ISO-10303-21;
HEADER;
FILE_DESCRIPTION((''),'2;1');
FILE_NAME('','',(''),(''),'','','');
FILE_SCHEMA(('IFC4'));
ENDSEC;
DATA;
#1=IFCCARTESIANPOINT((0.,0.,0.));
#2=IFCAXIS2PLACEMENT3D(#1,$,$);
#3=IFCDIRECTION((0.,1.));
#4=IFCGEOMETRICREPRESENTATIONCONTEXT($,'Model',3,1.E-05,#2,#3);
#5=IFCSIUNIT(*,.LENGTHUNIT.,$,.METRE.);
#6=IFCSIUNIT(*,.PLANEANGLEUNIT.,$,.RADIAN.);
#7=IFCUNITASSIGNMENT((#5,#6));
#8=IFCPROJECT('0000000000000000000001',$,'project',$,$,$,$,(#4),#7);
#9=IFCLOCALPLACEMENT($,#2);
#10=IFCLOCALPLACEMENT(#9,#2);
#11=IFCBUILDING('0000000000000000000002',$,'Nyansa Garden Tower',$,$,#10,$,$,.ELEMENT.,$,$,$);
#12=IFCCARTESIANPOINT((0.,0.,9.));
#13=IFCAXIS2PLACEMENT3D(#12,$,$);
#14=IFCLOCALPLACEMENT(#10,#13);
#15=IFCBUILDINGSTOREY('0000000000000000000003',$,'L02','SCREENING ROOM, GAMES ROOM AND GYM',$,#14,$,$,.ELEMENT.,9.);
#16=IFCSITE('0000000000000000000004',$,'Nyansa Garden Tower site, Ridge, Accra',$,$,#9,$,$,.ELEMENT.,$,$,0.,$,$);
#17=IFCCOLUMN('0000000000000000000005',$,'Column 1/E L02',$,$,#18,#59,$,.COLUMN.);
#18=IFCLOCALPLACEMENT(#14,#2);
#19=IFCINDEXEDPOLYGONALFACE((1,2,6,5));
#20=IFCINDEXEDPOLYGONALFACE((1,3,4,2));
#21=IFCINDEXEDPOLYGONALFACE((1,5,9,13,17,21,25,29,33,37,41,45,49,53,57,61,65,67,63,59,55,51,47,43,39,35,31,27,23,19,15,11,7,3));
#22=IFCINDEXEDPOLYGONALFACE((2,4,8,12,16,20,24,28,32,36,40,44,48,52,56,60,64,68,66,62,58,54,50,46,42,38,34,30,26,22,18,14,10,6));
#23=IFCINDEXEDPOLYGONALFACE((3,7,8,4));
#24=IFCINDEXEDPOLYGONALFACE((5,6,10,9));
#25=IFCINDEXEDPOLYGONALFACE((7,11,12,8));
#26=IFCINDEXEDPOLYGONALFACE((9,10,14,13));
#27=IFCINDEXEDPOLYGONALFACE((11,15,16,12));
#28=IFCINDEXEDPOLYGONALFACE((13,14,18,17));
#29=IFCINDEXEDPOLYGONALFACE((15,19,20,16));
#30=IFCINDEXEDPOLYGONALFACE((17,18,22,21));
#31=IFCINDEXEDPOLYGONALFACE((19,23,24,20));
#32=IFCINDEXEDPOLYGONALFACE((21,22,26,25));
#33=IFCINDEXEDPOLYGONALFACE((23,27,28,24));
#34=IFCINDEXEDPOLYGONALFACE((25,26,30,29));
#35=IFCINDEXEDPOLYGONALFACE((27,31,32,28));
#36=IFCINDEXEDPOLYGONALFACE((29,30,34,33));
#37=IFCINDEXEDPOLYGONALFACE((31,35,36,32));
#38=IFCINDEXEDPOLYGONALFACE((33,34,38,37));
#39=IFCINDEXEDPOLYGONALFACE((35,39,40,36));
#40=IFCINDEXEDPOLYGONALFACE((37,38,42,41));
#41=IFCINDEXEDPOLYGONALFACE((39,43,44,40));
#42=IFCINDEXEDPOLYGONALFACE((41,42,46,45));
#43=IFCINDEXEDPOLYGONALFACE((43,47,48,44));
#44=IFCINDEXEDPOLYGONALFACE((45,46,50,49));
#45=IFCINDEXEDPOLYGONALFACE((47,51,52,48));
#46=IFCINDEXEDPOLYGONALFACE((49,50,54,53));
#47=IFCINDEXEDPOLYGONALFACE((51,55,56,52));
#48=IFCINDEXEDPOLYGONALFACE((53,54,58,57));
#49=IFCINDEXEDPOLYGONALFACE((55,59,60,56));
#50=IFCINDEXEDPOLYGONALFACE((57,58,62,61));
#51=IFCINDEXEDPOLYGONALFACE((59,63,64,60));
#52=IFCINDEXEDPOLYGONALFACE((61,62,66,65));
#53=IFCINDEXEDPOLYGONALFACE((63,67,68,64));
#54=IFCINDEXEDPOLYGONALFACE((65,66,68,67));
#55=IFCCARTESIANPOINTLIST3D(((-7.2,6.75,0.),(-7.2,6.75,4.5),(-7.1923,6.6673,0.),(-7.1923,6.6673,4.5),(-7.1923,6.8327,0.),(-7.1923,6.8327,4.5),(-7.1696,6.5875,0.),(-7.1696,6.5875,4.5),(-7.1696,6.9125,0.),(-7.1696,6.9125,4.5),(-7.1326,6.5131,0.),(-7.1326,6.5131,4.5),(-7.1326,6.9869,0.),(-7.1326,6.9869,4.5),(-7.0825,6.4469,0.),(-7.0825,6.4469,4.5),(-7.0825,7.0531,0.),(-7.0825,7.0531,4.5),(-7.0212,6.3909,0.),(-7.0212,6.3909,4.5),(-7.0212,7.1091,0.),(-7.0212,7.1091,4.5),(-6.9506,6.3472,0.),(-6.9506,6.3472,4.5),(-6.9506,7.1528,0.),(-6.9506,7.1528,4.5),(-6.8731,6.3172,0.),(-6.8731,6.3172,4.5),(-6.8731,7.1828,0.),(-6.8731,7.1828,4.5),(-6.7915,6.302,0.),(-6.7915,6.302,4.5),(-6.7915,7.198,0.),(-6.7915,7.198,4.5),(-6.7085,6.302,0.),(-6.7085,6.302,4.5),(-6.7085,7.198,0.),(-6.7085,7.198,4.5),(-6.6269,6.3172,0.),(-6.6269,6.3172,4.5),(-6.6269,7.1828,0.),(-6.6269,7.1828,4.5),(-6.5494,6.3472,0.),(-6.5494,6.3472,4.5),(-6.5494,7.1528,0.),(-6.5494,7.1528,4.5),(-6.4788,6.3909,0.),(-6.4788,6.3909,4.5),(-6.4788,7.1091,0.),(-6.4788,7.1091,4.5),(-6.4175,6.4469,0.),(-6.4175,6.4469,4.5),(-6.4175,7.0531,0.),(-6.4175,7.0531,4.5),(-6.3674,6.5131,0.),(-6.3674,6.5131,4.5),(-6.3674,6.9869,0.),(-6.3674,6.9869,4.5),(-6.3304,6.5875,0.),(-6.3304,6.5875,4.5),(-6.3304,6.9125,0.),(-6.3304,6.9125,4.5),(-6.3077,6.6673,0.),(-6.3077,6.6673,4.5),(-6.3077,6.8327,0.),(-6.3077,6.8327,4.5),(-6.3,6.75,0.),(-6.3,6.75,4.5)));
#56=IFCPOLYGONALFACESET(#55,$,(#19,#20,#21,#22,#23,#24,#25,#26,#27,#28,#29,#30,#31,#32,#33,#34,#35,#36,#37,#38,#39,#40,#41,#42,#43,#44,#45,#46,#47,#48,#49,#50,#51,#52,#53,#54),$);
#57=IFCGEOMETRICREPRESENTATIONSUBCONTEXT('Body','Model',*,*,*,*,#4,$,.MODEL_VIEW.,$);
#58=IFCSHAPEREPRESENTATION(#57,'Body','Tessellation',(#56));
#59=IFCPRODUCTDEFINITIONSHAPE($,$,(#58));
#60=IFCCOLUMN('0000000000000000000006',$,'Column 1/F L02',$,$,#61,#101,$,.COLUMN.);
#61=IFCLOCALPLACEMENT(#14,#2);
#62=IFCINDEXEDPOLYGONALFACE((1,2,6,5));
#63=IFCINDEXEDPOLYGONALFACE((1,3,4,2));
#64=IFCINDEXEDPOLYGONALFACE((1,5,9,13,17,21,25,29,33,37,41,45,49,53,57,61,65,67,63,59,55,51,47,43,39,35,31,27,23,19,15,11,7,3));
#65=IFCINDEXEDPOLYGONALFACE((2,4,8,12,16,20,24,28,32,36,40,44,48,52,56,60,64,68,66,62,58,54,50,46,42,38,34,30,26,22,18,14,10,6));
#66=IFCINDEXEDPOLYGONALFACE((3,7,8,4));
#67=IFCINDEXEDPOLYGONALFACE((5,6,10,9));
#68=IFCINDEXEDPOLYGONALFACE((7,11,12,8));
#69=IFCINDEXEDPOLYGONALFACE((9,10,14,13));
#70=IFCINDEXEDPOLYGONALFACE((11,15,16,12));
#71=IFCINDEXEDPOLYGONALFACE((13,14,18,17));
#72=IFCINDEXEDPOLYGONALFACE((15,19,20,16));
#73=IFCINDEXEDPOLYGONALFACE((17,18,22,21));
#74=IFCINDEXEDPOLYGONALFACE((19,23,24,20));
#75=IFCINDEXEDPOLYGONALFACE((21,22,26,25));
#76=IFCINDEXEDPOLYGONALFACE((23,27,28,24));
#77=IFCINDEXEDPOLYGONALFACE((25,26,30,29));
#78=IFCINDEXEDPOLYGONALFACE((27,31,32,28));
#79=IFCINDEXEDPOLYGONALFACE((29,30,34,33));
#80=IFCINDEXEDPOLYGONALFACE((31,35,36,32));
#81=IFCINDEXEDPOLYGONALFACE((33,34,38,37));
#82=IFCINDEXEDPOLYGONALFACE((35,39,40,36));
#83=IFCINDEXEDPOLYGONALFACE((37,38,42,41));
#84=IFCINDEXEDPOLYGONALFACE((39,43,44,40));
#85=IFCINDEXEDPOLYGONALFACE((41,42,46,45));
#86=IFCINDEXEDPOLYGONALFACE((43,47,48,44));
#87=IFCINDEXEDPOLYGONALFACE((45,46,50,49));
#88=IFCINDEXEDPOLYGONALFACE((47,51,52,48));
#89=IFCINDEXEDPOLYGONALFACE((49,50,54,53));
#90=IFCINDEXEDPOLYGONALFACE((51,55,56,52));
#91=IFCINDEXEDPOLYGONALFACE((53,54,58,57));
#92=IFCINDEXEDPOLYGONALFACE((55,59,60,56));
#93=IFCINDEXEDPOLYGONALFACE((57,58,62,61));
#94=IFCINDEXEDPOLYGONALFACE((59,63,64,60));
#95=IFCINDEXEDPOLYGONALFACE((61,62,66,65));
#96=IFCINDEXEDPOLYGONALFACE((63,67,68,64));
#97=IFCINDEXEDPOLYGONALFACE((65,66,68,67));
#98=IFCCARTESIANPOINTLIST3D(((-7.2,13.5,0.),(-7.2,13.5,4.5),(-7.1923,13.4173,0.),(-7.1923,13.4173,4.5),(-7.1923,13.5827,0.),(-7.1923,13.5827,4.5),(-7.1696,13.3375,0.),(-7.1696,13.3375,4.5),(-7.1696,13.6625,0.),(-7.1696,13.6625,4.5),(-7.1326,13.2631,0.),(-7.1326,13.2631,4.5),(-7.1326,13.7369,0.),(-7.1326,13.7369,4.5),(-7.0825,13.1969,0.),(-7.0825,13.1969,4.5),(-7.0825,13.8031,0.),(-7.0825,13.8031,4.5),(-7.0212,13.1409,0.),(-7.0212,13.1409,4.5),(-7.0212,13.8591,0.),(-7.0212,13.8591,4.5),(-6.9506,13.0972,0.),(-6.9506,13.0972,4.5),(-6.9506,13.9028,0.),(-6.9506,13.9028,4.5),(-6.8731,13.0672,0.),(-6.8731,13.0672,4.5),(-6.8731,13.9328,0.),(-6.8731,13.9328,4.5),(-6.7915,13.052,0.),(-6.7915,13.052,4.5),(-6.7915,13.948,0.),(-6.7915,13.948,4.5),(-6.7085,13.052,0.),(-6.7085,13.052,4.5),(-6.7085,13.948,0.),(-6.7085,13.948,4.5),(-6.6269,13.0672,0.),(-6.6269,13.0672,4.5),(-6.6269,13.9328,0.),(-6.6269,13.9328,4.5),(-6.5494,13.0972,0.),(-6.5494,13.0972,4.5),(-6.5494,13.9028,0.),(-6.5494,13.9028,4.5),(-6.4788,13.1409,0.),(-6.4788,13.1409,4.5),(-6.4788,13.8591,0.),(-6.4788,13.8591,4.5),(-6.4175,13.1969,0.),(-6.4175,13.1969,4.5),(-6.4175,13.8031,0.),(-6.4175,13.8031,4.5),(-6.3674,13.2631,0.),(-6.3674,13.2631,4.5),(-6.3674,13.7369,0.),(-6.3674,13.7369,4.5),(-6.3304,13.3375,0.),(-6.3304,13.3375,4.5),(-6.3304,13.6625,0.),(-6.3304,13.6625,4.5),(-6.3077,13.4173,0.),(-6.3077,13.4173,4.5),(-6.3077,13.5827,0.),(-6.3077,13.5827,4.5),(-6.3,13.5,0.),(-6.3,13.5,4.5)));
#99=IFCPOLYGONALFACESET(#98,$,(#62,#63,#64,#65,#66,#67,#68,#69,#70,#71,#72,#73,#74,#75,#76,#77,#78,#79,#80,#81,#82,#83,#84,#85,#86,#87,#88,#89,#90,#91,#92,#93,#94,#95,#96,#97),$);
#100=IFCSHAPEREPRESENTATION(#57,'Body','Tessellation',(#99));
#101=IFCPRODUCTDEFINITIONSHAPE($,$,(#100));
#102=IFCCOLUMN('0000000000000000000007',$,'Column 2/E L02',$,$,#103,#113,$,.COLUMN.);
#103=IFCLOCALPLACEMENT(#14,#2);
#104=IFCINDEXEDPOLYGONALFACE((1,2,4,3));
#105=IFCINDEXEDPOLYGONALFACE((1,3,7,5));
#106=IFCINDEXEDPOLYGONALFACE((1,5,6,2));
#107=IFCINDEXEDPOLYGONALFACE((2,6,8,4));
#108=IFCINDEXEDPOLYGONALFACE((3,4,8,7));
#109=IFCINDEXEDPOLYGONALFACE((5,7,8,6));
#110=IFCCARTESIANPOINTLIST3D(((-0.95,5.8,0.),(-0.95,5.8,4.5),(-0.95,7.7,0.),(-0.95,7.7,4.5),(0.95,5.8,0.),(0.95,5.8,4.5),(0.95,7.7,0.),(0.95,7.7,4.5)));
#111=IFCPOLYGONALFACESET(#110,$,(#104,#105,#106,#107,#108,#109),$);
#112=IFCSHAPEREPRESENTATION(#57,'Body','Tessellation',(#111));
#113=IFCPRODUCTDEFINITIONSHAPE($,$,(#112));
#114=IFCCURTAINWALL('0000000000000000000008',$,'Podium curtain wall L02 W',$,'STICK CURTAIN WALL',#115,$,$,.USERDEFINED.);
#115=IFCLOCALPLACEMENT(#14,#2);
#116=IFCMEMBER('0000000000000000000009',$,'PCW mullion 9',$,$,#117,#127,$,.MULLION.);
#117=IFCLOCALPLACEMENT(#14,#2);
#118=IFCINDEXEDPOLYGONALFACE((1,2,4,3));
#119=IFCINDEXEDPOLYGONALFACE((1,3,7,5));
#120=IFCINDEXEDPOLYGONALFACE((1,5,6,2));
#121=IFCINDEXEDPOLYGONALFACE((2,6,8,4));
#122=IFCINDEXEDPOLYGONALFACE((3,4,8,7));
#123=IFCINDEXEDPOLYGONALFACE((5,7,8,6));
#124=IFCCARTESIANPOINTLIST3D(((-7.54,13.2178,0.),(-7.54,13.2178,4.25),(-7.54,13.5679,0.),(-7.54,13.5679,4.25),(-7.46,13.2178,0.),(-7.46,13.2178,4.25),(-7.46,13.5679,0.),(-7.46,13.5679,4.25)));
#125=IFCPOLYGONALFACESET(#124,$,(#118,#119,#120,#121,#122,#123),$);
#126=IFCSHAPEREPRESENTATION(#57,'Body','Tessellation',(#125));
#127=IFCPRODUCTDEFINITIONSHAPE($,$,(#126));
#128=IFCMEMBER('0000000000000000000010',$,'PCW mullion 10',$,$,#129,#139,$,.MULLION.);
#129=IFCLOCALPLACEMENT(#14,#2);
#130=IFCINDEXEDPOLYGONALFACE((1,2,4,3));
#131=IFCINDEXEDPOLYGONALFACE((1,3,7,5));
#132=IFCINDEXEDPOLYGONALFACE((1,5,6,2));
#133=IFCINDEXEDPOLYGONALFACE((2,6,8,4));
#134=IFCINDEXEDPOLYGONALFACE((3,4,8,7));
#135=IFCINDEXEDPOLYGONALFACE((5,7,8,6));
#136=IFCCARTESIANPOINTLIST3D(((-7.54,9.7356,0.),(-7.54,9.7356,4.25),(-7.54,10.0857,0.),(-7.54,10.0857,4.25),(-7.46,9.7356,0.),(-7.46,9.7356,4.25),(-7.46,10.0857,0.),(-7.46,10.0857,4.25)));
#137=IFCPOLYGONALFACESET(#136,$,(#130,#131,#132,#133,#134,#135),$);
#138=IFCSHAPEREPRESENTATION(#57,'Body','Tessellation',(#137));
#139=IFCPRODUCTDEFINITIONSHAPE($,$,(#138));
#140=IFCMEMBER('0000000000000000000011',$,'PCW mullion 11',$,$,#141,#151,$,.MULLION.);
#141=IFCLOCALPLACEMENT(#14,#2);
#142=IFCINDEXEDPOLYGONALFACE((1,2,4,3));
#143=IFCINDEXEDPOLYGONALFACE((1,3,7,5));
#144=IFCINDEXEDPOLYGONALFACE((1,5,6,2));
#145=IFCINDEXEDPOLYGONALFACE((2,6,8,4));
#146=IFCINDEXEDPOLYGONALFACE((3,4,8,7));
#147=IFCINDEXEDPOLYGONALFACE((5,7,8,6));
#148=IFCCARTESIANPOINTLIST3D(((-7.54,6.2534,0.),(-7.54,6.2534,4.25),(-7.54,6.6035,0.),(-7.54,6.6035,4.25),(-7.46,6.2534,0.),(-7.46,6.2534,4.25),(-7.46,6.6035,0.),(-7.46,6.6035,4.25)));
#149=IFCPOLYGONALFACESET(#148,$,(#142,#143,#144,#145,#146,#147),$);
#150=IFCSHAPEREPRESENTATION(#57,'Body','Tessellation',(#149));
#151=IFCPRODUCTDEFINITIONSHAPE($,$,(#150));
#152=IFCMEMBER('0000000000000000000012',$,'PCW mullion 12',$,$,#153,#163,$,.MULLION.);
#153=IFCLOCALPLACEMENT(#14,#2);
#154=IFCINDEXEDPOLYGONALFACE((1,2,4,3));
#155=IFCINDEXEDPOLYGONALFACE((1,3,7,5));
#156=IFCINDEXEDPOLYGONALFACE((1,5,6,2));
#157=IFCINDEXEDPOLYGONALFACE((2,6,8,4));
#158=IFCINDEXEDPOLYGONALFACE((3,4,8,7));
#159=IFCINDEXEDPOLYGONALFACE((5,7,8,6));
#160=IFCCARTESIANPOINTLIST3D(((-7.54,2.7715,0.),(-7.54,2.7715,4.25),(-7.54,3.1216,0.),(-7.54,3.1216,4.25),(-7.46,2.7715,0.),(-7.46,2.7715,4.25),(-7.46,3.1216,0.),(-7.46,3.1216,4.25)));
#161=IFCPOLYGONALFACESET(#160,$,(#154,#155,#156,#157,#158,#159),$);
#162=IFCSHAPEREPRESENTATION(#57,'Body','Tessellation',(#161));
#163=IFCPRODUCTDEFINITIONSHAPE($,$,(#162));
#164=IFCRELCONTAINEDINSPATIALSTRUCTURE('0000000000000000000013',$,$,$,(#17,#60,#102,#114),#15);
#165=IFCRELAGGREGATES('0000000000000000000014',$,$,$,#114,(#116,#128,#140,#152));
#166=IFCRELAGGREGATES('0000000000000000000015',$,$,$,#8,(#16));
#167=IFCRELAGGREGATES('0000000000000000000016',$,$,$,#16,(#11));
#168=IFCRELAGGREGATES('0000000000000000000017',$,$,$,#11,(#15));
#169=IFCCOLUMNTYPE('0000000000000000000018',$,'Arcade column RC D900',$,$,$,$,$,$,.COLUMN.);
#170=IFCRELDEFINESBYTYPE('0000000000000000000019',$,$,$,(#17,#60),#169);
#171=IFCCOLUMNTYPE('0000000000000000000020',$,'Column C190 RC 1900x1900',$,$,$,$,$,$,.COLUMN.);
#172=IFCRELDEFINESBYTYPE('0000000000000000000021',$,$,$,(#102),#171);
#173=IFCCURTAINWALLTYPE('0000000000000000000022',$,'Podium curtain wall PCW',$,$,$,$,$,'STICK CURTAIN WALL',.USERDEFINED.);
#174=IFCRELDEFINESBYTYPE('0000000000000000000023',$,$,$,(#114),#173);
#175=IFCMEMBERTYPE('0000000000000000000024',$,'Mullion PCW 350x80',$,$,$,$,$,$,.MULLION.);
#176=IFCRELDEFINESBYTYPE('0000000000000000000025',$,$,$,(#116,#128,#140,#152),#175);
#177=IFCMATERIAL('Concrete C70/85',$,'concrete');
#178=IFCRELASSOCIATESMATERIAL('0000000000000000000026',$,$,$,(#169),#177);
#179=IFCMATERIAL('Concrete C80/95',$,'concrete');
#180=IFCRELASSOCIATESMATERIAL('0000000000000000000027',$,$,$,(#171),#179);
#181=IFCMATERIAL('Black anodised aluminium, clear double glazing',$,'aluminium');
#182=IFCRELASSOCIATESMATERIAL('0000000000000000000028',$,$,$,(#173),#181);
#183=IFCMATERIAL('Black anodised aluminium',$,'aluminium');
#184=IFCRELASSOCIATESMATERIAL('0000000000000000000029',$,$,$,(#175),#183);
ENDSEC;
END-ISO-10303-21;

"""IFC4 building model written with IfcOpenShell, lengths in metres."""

from ifc_helpers import new_model, si_unit, direction, frame, origin, origin_2d, place, context, subcontext, project, spatial, rectangle, circle, extrude, material, material_profile, profile_set, type_object, element, aggregate, save


model = new_model("IFC4")

# Units and contexts
model_context = context("Model", 3, precision=1e-05, world=origin(), true_north=direction((0.0, 1.0)))
body_context = subcontext(model_context, "Body", "Model", "MODEL_VIEW")
ifc_project = project(units=[si_unit("LENGTHUNIT", "METRE"), si_unit("PLANEANGLEUNIT", "RADIAN")], contexts=[model_context])

# Site, building, storey
site_placement = place(None, origin())
site = spatial("IfcSite", under=ifc_project, at=site_placement, Name="Nyansa Garden Tower site, Ridge, Accra", CompositionType="ELEMENT", RefElevation=0.0)
building_placement = place(site_placement, origin())
building = spatial("IfcBuilding", under=site, at=building_placement, Name="Nyansa Garden Tower", CompositionType="ELEMENT")
storey_placement = place(building_placement, frame((0.0, 0.0, 9.0)))
storey = spatial("IfcBuildingStorey", under=building, at=storey_placement, Name="L02", Description="SCREENING ROOM, GAMES ROOM AND GYM", CompositionType="ELEMENT", Elevation=9.0)

# Columns
ifc_material_1 = material(Name="Concrete C70/85", Category="concrete")
ifc_material_profile_1 = material_profile(ifc_material_1, circle(Radius=0.45, at=origin_2d()), Name="RC D900")
ifc_profile_set_1 = profile_set([ifc_material_profile_1], Name="Concrete C70/85")
column_type_1 = type_object("IfcColumnType", Name="Arcade column RC D900", PredefinedType="COLUMN", material=ifc_profile_set_1)
for number, where, z_axis, x_axis, name in (
    (1, (-6.75, 6.75, 0.0), (0.0, 0.0, 1.0), (1.0, 0.0, 0.0), "Column 1/E L02"),
    (2, (-6.75, 13.5, 0.0), (0.0, 0.0, 1.0), (1.0, 0.0, 0.0), "Column 1/F L02"),
):
    element("IfcColumn", number, at=place(storey_placement, frame(where, z_axis=z_axis, x_axis=x_axis)), inside=storey, type_object=column_type_1, Name=name, PredefinedType="COLUMN", context=body_context, shape_type="SweptSolid", body=[
        extrude(circle(Radius=0.45, at=origin_2d()), origin(), (0.0, 0.0, 1.0), 4.5),
    ])
ifc_material_2 = material(Name="Concrete C80/95", Category="concrete")
ifc_material_profile_2 = material_profile(ifc_material_2, rectangle(XDim=1.8999, YDim=1.8999, at=origin_2d()), Name="RC 1900x1900")
ifc_profile_set_2 = profile_set([ifc_material_profile_2], Name="Concrete C80/95")
column_type_2 = type_object("IfcColumnType", Name="Column C190 RC 1900x1900", PredefinedType="COLUMN", material=ifc_profile_set_2)
column_placement = place(storey_placement, frame((0.0, 6.75, 0.0), z_axis=(0.0, 0.0, 1.0), x_axis=(1.0, 0.0, 0.0)))
element("IfcColumn", 3, at=column_placement, inside=storey, type_object=column_type_2, Name="Column 2/E L02", PredefinedType="COLUMN", context=body_context, shape_type="SweptSolid", body=[
    extrude(rectangle(XDim=1.8999, YDim=1.8999, at=origin_2d()), origin(), (0.0, 0.0, 1.0), 4.5),
])

# Curtain wall, members
ifc_material_3 = material(Name="Black anodised aluminium, clear double glazing", Category="aluminium")
curtain_wall_type = type_object("IfcCurtainWallType", Name="Podium curtain wall PCW", ElementType="STICK CURTAIN WALL", PredefinedType="USERDEFINED", material=ifc_material_3)
curtain_wall_placement = place(storey_placement, origin())
curtain_wall = element("IfcCurtainWall", 4, at=curtain_wall_placement, inside=storey, type_object=curtain_wall_type, Name="Podium curtain wall L02 W", ObjectType="STICK CURTAIN WALL", PredefinedType="USERDEFINED")
ifc_material_4 = material(Name="Black anodised aluminium", Category="aluminium")
ifc_material_profile_3 = material_profile(ifc_material_4, rectangle(XDim=0.0801, YDim=0.3501, at=origin_2d()), Name="Mullion 350x80")
ifc_profile_set_3 = profile_set([ifc_material_profile_3], Name="Black anodised aluminium")
member_type_1 = type_object("IfcMemberType", Name="Mullion PCW 350x80", PredefinedType="MULLION", material=ifc_profile_set_3)
member_1_placement = place(storey_placement, frame((-7.5, 13.3928, 0.0), z_axis=(0.0, 0.0, 1.0), x_axis=(1.0, 0.0, 0.0)))
member_1 = element("IfcMember", 5, at=member_1_placement, type_object=member_type_1, Name="PCW mullion 9", PredefinedType="MULLION", context=body_context, shape_type="SweptSolid", body=[
    extrude(rectangle(XDim=0.0801, YDim=0.3501, at=origin_2d()), origin(), (0.0, 0.0, 1.0), 4.25),
])
member_2_placement = place(storey_placement, frame((-7.5, 9.9106, 0.0), z_axis=(0.0, 0.0, 1.0), x_axis=(1.0, 0.0, 0.0)))
member_2 = element("IfcMember", 6, at=member_2_placement, type_object=member_type_1, Name="PCW mullion 10", PredefinedType="MULLION", context=body_context, shape_type="SweptSolid", body=[
    extrude(rectangle(XDim=0.0801, YDim=0.3501, at=origin_2d()), origin(), (0.0, 0.0, 1.0), 4.25),
])
member_3_placement = place(storey_placement, frame((-7.5, 6.4285, 0.0), z_axis=(0.0, 0.0, 1.0), x_axis=(1.0, 0.0, 0.0)))
member_3 = element("IfcMember", 7, at=member_3_placement, type_object=member_type_1, Name="PCW mullion 11", PredefinedType="MULLION", context=body_context, shape_type="SweptSolid", body=[
    extrude(rectangle(XDim=0.0801, YDim=0.3501, at=origin_2d()), origin(), (0.0, 0.0, 1.0), 4.25),
])
member_4_placement = place(storey_placement, frame((-7.5, 2.9465, 0.0), z_axis=(0.0, 0.0, 1.0), x_axis=(1.0, 0.0, 0.0)))
member_4 = element("IfcMember", 8, at=member_4_placement, type_object=member_type_1, Name="PCW mullion 12", PredefinedType="MULLION", context=body_context, shape_type="SweptSolid", body=[
    extrude(rectangle(XDim=0.0801, YDim=0.3501, at=origin_2d()), origin(), (0.0, 0.0, 1.0), 4.25),
])

aggregate(curtain_wall, [member_1, member_2, member_3, member_4])

save(model, "model.ifc")
